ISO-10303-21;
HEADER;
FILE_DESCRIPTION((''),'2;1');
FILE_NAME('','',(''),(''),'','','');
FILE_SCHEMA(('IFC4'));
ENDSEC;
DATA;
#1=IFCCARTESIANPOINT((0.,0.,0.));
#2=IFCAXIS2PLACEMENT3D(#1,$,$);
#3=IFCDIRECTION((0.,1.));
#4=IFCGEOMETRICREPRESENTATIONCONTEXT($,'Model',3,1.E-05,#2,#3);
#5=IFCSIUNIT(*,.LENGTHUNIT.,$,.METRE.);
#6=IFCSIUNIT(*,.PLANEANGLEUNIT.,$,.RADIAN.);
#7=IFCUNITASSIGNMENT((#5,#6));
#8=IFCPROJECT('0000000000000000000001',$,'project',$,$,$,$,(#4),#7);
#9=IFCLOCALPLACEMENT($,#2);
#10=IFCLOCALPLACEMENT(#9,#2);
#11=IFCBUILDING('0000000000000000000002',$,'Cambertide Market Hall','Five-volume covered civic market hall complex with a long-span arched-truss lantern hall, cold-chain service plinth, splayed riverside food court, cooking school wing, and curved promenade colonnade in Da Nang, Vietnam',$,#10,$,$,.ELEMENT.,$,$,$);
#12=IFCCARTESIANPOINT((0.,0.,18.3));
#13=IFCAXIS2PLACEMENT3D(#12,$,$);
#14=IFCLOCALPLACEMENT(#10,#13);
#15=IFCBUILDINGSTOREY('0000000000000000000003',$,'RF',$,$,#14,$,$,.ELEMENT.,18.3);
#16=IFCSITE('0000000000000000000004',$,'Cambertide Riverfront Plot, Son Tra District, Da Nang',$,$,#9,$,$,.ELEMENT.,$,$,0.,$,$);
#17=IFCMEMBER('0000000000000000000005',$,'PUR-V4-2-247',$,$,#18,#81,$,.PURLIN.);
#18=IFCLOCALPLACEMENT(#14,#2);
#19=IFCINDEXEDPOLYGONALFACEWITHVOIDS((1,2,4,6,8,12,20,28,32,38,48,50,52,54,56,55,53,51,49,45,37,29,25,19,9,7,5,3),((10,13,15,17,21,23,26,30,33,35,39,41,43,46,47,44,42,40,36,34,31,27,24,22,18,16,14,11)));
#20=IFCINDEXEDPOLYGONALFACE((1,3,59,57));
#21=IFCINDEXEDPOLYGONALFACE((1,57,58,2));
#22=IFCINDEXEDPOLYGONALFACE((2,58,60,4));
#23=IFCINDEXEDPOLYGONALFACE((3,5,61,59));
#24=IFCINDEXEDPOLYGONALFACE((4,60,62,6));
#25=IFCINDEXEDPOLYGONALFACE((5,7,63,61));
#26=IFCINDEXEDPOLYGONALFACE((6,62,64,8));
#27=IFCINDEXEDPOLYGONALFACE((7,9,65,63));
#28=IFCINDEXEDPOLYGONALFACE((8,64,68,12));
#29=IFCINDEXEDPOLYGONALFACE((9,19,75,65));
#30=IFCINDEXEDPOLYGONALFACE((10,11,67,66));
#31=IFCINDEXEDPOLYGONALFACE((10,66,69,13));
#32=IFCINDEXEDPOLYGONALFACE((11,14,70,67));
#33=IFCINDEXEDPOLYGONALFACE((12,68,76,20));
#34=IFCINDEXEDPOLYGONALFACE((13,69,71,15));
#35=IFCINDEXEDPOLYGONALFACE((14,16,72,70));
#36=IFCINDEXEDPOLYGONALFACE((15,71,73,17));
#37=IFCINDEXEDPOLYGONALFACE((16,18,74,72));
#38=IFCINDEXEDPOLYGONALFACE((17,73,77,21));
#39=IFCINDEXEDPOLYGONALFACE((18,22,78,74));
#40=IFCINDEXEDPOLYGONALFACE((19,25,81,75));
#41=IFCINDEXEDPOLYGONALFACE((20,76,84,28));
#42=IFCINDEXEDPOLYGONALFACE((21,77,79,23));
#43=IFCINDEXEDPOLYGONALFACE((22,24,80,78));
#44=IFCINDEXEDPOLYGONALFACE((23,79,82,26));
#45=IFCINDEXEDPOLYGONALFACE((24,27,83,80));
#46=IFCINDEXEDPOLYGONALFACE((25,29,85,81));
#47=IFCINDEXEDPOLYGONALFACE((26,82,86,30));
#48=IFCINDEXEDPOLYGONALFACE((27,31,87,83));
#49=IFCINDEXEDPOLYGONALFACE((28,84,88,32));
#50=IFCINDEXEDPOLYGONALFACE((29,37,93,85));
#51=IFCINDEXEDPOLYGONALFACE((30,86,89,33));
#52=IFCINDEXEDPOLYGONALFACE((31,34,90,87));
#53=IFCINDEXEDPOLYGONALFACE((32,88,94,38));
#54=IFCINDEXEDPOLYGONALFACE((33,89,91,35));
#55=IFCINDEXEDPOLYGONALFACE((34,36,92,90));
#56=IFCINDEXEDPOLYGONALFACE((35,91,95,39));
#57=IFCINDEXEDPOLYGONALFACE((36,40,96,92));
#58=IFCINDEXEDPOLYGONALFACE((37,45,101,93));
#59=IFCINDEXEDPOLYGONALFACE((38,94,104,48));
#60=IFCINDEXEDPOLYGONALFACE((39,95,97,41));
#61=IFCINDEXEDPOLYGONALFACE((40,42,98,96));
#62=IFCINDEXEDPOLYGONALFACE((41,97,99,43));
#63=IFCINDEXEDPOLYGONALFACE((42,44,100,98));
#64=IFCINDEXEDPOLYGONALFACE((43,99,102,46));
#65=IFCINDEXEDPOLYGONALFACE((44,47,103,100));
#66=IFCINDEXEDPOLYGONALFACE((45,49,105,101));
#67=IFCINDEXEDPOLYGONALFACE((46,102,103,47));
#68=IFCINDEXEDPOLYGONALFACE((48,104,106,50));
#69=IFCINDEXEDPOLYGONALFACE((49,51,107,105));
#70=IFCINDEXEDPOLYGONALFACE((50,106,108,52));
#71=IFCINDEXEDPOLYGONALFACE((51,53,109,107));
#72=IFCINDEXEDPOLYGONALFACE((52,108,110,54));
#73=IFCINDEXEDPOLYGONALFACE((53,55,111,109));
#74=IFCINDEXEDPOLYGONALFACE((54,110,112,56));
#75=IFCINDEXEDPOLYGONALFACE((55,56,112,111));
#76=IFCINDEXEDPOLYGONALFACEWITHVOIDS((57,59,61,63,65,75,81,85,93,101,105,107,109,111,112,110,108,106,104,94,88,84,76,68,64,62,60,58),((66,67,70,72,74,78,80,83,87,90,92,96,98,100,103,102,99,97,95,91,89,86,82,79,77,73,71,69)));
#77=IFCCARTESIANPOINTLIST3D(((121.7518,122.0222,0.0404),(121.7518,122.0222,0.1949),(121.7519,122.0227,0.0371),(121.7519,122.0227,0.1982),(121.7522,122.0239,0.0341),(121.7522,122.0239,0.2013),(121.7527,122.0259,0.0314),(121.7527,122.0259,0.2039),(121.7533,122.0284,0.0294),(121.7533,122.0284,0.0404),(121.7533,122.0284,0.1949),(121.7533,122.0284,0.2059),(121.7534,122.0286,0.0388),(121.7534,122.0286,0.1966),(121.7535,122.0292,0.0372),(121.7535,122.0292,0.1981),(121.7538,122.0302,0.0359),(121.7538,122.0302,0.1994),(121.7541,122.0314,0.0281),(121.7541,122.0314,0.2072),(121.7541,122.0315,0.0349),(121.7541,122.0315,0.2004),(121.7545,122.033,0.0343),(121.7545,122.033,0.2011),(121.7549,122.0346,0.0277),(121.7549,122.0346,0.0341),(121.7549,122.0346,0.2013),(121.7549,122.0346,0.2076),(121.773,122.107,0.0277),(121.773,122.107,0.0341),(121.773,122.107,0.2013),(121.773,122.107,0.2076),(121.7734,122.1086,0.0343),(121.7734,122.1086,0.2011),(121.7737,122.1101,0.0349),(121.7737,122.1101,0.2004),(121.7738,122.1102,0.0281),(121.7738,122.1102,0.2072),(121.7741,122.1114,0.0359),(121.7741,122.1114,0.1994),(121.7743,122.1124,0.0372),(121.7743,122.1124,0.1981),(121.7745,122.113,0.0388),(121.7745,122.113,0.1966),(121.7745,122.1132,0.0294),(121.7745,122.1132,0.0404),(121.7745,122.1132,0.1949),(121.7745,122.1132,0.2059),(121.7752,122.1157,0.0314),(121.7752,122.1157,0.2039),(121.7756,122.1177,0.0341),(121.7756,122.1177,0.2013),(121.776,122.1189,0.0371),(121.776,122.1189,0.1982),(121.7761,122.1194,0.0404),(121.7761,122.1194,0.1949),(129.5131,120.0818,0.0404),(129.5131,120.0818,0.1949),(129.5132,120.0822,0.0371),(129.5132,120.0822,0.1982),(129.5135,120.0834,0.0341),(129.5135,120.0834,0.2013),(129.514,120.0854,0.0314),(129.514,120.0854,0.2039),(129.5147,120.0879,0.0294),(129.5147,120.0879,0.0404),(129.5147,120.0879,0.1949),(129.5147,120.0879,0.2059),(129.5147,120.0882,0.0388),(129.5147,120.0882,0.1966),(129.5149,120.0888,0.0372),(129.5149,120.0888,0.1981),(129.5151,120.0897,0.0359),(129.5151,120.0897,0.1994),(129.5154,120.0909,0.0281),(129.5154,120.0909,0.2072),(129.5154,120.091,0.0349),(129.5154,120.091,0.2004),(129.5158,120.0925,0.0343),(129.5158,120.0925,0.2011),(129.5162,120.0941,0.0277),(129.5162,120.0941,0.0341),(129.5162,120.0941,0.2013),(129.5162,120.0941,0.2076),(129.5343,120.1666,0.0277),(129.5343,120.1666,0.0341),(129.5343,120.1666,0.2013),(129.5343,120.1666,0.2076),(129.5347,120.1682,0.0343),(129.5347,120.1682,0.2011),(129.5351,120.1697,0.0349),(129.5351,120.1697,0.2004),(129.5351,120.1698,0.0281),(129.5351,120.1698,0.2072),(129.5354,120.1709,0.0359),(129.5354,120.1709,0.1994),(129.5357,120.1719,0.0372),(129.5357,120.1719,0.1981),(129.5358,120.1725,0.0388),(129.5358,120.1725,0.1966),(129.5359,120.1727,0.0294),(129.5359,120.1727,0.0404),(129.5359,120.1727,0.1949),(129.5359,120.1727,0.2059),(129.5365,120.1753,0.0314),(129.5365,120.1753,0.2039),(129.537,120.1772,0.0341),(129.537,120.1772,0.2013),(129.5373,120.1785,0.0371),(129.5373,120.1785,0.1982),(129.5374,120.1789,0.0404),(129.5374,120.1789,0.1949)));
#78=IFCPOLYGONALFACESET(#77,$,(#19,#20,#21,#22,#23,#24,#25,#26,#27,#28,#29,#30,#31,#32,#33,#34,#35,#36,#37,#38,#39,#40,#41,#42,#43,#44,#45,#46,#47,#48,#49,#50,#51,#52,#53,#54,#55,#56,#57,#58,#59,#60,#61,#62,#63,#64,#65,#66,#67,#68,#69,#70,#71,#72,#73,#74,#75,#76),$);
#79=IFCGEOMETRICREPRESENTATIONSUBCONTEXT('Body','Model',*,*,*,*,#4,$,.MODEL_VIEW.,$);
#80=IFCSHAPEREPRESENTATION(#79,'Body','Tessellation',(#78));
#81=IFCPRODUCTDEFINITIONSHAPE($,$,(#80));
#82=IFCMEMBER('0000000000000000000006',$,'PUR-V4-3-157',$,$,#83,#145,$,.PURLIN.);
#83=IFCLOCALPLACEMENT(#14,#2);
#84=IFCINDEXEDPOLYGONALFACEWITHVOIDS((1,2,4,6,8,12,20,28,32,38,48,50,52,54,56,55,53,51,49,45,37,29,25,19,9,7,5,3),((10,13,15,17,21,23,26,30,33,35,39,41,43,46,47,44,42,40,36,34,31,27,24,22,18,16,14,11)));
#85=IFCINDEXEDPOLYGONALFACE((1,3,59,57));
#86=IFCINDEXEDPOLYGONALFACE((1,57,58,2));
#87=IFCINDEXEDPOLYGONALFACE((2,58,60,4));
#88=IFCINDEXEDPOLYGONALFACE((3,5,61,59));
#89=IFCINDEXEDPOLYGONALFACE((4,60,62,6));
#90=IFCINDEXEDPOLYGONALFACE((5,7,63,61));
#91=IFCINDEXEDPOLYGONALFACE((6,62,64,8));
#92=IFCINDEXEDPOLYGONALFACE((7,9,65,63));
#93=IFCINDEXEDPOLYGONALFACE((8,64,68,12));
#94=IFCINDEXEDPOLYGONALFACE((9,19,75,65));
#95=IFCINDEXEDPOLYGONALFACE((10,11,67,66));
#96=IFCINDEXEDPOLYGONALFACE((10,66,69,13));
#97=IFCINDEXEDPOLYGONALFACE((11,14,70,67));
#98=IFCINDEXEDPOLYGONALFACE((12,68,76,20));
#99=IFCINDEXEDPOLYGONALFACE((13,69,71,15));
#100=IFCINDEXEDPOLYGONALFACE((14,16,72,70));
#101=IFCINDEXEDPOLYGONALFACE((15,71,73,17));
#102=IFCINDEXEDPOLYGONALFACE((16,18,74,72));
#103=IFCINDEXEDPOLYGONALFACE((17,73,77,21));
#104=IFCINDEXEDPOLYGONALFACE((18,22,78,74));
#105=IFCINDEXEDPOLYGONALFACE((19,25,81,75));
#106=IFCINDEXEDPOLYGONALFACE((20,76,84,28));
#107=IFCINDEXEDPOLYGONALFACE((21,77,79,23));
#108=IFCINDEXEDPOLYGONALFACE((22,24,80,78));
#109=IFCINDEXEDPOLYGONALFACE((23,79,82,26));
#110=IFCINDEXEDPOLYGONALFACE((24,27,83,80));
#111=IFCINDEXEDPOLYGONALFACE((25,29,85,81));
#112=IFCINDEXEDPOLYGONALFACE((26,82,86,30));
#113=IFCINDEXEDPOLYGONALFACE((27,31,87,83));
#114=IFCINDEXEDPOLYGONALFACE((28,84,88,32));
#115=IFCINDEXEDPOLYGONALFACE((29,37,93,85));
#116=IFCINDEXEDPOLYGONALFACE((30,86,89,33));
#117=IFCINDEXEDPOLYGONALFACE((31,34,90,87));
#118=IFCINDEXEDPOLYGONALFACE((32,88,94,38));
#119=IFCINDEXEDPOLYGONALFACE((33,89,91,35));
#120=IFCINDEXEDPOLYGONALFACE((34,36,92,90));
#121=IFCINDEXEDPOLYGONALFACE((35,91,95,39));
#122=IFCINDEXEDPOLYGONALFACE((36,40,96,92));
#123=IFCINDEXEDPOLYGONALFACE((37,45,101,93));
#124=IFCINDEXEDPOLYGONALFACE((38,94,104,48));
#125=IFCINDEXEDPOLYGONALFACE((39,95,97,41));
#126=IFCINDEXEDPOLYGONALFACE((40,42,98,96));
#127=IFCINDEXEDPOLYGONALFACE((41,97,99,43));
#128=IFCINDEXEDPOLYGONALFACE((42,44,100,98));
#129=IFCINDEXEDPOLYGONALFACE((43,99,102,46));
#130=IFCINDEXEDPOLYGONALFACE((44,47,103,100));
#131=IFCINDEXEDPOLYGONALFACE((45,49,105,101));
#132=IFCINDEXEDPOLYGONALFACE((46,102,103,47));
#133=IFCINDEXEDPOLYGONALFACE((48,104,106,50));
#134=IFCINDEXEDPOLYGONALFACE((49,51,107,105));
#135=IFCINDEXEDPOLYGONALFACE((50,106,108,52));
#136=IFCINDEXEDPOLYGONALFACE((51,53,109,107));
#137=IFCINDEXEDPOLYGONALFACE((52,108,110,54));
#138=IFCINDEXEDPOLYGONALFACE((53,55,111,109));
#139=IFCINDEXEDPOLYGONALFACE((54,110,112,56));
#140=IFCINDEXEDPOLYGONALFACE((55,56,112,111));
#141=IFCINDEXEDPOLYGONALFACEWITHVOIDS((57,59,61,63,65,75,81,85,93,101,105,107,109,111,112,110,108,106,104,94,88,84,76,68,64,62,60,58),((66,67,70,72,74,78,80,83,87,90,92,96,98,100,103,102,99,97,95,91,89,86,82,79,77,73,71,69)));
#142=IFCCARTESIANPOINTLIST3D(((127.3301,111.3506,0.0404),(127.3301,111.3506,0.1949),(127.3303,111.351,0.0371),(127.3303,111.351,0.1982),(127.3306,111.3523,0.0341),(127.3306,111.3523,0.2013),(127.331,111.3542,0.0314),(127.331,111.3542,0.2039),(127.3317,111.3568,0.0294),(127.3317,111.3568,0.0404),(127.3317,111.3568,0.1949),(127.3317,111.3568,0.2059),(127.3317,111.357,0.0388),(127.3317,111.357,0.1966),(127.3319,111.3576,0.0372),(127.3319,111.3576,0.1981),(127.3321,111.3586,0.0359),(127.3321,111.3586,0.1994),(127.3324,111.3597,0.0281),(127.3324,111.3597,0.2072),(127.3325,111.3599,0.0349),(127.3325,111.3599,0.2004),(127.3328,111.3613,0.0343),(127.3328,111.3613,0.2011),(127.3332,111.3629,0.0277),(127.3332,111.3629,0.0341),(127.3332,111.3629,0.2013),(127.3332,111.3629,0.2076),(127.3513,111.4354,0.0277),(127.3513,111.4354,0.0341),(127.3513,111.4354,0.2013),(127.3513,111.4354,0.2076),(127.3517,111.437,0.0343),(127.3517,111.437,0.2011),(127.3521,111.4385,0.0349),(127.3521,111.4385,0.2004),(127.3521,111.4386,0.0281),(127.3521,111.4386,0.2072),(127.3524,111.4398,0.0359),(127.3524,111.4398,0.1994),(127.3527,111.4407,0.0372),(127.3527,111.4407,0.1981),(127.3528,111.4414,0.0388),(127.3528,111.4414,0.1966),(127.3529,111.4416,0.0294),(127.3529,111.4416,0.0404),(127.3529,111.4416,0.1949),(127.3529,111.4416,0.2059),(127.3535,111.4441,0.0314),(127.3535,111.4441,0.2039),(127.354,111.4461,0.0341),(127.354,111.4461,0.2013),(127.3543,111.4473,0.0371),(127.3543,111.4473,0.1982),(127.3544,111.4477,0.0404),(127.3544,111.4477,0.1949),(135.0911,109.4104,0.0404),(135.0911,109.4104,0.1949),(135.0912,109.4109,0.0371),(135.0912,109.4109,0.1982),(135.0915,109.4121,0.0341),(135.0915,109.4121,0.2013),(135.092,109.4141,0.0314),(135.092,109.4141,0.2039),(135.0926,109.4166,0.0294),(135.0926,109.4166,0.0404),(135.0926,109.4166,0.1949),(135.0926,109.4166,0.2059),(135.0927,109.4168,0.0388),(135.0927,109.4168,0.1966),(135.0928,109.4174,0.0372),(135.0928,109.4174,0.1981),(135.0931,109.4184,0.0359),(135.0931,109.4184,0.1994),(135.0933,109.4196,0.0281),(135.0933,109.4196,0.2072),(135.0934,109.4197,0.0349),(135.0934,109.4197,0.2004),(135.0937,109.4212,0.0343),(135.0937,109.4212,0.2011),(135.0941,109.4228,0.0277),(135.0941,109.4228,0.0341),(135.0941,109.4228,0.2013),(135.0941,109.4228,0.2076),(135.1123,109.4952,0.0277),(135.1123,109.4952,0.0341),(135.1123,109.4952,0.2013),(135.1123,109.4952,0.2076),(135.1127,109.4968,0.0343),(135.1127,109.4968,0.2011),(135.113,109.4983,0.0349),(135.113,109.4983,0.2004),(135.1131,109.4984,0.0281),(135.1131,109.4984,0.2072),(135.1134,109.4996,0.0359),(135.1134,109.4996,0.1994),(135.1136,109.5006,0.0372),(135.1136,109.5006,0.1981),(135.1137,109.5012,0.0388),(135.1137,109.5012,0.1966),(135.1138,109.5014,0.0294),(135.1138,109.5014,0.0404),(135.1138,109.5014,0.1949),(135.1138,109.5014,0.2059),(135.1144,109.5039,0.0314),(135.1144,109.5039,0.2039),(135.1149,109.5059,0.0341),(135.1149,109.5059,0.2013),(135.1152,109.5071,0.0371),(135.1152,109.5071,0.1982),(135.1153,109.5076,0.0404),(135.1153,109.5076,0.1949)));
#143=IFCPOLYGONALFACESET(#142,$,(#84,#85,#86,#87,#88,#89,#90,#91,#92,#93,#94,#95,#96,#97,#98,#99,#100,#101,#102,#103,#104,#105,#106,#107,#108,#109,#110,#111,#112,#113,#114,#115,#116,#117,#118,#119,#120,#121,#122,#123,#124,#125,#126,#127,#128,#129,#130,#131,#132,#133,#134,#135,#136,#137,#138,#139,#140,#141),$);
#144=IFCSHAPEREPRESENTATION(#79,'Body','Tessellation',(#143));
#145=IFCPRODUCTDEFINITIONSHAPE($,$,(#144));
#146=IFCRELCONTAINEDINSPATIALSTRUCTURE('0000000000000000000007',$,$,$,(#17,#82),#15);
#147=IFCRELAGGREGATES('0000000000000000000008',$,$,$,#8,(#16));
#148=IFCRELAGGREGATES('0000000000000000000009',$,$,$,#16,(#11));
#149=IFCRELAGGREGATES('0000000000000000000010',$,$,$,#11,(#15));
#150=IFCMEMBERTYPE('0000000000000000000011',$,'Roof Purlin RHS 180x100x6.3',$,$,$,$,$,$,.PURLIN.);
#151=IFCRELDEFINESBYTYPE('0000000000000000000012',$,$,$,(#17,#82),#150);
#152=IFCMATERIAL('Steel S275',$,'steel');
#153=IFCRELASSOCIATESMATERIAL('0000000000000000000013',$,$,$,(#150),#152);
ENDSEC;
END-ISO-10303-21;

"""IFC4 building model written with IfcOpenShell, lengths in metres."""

from ifc_helpers import new_model, si_unit, direction, frame, origin, origin_2d, place, context, subcontext, project, spatial, hollow_rectangle, extrude, material, material_profile, profile_set, type_object, element, save


model = new_model("IFC4")

# Units and contexts
model_context = context("Model", 3, precision=1e-05, world=origin(), true_north=direction((0.0, 1.0)))
body_context = subcontext(model_context, "Body", "Model", "MODEL_VIEW")
ifc_project = project(units=[si_unit("LENGTHUNIT", "METRE"), si_unit("PLANEANGLEUNIT", "RADIAN")], contexts=[model_context])

# Site, building, storey
site_placement = place(None, origin())
site = spatial("IfcSite", under=ifc_project, at=site_placement, Name="Cambertide Riverfront Plot, Son Tra District, Da Nang", CompositionType="ELEMENT", RefElevation=0.0)
building_placement = place(site_placement, origin())
building = spatial("IfcBuilding", under=site, at=building_placement, Name="Cambertide Market Hall", Description="Five-volume covered civic market hall complex with a long-span arched-truss lantern hall, cold-chain service plinth, splayed riverside food court, cooking school wing, and curved promenade colonnade in Da Nang, Vietnam", CompositionType="ELEMENT")
storey_placement = place(building_placement, frame((0.0, 0.0, 18.3)))
storey = spatial("IfcBuildingStorey", under=building, at=storey_placement, Name="RF", CompositionType="ELEMENT", Elevation=18.3)

# Members
ifc_material_1 = material(Name="Steel S275", Category="steel")
ifc_material_profile_1 = material_profile(ifc_material_1, hollow_rectangle(XDim=0.1001, YDim=0.1799, WallThickness=0.0063, InnerFilletRadius=0.0063, OuterFilletRadius=0.0127, at=origin_2d()), Name="RHS 180x100x6.3")
ifc_profile_set_1 = profile_set([ifc_material_profile_1], Name="Steel S275")
member_type_1 = type_object("IfcMemberType", Name="Roof Purlin RHS 180x100x6.3", PredefinedType="PURLIN", material=ifc_profile_set_1)
member_1_placement = place(storey_placement, frame((121.7639, 122.0708, 0.1177), z_axis=(0.970139, -0.24255, 0.0), x_axis=(0.24255, 0.970139, 0.0)))
element("IfcMember", 1, at=member_1_placement, inside=storey, type_object=member_type_1, Name="PUR-V4-2-247", PredefinedType="PURLIN", context=body_context, shape_type="SweptSolid", body=[
    extrude(hollow_rectangle(XDim=0.1001, YDim=0.1799, WallThickness=0.0063, InnerFilletRadius=0.0063, OuterFilletRadius=0.0127, at=origin_2d()), origin(), (0.0, 0.0, 1.0), 8.0002),
])
member_2_placement = place(storey_placement, frame((127.3423, 111.3992, 0.1177), z_axis=(0.970144, -0.242528, 0.0), x_axis=(0.242528, 0.970144, 0.0)))
element("IfcMember", 2, at=member_2_placement, inside=storey, type_object=member_type_1, Name="PUR-V4-3-157", PredefinedType="PURLIN", context=body_context, shape_type="SweptSolid", body=[
    extrude(hollow_rectangle(XDim=0.1001, YDim=0.1799, WallThickness=0.0063, InnerFilletRadius=0.0063, OuterFilletRadius=0.0127, at=origin_2d()), origin(), (0.0, 0.0, 1.0), 7.9998),
])

save(model, "model.ifc")
